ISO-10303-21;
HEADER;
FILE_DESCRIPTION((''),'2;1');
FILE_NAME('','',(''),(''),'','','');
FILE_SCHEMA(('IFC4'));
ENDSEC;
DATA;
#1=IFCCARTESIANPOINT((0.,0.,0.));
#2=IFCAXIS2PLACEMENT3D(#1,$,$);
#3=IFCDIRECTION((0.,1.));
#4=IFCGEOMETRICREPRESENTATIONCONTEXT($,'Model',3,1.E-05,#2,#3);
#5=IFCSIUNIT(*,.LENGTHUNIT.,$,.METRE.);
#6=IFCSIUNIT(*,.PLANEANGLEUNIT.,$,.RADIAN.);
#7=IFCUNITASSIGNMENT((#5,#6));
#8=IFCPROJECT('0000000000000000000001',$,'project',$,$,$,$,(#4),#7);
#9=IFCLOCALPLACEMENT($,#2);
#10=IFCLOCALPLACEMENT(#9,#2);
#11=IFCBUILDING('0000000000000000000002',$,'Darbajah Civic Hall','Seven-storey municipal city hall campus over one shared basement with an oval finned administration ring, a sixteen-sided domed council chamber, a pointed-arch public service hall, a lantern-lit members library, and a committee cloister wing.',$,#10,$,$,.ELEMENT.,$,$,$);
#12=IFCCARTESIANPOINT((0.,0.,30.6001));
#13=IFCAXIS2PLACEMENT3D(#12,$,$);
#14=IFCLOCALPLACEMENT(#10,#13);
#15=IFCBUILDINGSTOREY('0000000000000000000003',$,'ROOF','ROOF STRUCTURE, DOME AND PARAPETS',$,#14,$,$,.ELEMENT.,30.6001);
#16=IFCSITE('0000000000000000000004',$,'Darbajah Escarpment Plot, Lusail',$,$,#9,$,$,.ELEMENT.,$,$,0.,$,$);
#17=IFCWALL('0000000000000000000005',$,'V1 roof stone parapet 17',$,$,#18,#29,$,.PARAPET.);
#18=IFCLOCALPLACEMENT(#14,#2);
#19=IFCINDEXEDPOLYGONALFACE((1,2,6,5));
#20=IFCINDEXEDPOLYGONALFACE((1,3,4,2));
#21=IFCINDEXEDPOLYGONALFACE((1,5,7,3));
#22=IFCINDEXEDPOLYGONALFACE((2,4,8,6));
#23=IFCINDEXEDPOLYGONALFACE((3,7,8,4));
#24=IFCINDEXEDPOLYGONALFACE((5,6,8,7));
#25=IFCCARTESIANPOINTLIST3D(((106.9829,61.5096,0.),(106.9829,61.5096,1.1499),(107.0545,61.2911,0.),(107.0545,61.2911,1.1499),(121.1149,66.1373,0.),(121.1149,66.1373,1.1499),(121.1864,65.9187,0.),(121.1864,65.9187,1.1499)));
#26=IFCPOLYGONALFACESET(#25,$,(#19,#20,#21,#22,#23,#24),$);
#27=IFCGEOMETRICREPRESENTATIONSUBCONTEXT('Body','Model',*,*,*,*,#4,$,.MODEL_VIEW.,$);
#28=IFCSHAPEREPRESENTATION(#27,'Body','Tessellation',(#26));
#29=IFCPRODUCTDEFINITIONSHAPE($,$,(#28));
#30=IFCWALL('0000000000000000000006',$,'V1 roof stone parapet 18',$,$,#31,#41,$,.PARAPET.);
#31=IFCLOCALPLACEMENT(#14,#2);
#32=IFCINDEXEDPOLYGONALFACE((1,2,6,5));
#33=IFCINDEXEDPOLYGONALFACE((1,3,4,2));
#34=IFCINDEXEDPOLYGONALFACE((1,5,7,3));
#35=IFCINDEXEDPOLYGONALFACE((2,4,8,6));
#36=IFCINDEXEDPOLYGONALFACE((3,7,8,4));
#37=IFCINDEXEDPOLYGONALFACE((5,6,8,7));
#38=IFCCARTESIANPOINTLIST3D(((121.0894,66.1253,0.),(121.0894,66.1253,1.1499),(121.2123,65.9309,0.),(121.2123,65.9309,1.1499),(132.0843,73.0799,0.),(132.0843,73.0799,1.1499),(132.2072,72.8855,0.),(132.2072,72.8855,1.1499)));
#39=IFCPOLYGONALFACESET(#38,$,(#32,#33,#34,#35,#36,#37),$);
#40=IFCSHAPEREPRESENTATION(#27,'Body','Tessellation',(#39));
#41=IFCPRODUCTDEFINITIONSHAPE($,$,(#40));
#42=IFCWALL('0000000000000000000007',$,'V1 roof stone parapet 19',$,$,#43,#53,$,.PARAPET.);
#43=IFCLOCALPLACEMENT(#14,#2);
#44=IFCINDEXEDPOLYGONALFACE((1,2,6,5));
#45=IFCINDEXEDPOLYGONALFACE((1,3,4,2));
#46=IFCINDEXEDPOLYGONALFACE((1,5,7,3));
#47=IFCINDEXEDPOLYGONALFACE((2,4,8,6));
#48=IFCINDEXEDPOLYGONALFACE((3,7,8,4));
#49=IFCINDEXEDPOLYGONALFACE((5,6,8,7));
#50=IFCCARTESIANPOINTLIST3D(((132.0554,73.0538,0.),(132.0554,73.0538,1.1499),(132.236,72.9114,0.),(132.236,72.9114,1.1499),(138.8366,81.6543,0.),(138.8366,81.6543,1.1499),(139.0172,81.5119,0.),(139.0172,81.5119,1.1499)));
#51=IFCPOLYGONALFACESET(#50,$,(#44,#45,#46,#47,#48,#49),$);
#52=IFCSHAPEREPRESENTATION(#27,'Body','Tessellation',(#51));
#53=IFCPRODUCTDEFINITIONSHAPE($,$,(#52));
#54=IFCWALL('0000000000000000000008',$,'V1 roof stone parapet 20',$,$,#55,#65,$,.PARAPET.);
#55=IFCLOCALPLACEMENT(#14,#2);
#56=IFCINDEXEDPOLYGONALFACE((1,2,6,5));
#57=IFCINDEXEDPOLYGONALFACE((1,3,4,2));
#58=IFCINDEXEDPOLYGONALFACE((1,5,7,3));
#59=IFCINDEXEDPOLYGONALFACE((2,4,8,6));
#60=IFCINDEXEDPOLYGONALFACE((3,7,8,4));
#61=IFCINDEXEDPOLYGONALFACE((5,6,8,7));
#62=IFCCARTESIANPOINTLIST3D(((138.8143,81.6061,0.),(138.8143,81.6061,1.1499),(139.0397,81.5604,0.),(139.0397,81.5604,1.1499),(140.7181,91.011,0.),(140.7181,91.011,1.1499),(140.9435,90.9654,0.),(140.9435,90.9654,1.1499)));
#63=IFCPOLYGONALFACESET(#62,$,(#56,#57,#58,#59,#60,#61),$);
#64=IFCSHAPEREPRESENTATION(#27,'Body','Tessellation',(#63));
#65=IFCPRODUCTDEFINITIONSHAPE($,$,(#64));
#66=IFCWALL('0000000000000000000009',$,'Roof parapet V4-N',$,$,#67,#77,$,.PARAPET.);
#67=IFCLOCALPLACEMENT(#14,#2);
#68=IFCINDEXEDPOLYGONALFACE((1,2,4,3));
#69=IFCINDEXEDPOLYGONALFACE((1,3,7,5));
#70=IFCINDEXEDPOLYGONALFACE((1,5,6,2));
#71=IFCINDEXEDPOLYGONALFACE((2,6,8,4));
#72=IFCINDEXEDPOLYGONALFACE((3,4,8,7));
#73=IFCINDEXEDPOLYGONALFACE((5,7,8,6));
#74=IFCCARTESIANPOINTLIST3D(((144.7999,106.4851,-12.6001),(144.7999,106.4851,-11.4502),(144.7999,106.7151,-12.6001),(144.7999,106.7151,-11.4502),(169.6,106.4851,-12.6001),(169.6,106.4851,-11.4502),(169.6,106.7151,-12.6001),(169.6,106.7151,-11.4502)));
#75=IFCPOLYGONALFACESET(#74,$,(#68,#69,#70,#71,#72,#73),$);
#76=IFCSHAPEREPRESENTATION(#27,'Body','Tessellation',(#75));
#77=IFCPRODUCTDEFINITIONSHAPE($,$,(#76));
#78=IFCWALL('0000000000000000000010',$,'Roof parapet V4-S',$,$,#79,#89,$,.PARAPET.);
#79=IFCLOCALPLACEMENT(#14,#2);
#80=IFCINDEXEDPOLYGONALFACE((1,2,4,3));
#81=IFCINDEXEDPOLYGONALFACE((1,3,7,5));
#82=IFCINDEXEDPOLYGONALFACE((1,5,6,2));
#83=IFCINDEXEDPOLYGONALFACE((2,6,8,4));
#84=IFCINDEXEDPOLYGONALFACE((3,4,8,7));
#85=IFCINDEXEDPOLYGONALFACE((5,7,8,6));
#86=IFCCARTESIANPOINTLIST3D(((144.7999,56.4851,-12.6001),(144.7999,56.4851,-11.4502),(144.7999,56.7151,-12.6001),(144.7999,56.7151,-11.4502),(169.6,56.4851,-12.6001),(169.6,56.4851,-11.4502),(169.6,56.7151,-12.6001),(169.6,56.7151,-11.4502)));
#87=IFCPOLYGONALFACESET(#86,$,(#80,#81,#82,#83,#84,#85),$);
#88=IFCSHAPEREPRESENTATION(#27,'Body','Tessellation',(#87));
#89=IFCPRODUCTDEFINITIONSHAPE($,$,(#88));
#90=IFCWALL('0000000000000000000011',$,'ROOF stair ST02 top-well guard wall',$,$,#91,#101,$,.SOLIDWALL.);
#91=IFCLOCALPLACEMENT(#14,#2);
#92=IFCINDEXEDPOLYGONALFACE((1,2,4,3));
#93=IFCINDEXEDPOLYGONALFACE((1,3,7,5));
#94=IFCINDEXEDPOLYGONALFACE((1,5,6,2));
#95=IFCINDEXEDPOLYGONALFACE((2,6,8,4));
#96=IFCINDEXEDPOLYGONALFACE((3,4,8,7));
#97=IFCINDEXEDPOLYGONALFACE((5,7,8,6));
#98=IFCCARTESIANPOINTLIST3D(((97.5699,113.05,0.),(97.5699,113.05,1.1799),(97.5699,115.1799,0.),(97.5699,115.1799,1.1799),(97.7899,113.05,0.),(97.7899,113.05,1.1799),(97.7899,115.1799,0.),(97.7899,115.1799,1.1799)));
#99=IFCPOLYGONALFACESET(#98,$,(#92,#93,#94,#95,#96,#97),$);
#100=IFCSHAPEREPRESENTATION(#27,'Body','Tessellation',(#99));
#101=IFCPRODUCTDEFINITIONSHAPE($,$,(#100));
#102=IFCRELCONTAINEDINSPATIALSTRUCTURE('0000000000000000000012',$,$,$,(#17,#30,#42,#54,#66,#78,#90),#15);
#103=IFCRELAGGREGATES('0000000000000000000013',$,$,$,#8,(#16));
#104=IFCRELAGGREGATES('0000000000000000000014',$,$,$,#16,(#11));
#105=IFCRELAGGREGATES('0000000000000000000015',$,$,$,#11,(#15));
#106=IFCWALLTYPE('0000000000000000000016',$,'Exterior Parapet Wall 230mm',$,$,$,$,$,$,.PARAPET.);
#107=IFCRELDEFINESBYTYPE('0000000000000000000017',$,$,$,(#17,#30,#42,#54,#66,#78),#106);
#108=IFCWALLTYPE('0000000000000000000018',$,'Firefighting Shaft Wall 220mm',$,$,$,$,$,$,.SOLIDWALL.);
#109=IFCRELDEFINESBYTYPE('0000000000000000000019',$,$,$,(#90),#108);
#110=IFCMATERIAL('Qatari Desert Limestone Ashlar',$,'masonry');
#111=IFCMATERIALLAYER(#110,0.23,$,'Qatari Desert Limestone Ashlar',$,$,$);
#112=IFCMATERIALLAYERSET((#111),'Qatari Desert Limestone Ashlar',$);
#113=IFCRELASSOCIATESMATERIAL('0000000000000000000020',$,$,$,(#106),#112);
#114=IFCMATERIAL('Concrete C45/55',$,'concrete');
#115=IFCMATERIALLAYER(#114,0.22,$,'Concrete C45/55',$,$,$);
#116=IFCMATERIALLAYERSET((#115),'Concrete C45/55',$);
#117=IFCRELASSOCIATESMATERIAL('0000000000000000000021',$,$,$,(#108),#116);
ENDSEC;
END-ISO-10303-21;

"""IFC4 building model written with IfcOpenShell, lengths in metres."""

from ifc_helpers import new_model, si_unit, direction, frame, frame_2d, origin, place, context, subcontext, project, spatial, rectangle, extrude, material, layer, layer_set, type_object, element, save


model = new_model("IFC4")

# Units and contexts
model_context = context("Model", 3, precision=1e-05, world=origin(), true_north=direction((0.0, 1.0)))
body_context = subcontext(model_context, "Body", "Model", "MODEL_VIEW")
ifc_project = project(units=[si_unit("LENGTHUNIT", "METRE"), si_unit("PLANEANGLEUNIT", "RADIAN")], contexts=[model_context])

# Site, building, storey
site_placement = place(None, origin())
site = spatial("IfcSite", under=ifc_project, at=site_placement, Name="Darbajah Escarpment Plot, Lusail", CompositionType="ELEMENT", RefElevation=0.0)
building_placement = place(site_placement, origin())
building = spatial("IfcBuilding", under=site, at=building_placement, Name="Darbajah Civic Hall", Description="Seven-storey municipal city hall campus over one shared basement with an oval finned administration ring, a sixteen-sided domed council chamber, a pointed-arch public service hall, a lantern-lit members library, and a committee cloister wing.", CompositionType="ELEMENT")
storey_placement = place(building_placement, frame((0.0, 0.0, 30.6001)))
storey = spatial("IfcBuildingStorey", under=building, at=storey_placement, Name="ROOF", Description="ROOF STRUCTURE, DOME AND PARAPETS", CompositionType="ELEMENT", Elevation=30.6001)

# Walls
ifc_material_1 = material(Name="Qatari Desert Limestone Ashlar", Category="masonry")
ifc_layer_1 = layer(ifc_material_1, 0.23, Name="Qatari Desert Limestone Ashlar")
ifc_layer_set_1 = layer_set([ifc_layer_1], Name="Qatari Desert Limestone Ashlar")
wall_type_1 = type_object("IfcWallType", Name="Exterior Parapet Wall 230mm", PredefinedType="PARAPET", material=ifc_layer_set_1)
wall_1_placement = place(storey_placement, frame((107.0188, 61.4004, 0.0), z_axis=(0.0, 0.0, 1.0), x_axis=(0.950345, 0.311199, 0.0)))
element("IfcWall", 1, at=wall_1_placement, inside=storey, type_object=wall_type_1, Name="V1 roof stone parapet 17", PredefinedType="PARAPET", context=body_context, shape_type="SweptSolid", body=[
    extrude(rectangle(XDim=14.8704, YDim=0.23, at=frame_2d((7.4351, 0.0))), origin(), (0.0, 0.0, 1.0), 1.1499),
])
wall_2_placement = place(storey_placement, frame((121.1509, 66.0281, 0.0), z_axis=(0.0, 0.0, 1.0), x_axis=(0.845126, 0.534568, 0.0)))
element("IfcWall", 2, at=wall_2_placement, inside=storey, type_object=wall_type_1, Name="V1 roof stone parapet 18", PredefinedType="PARAPET", context=body_context, shape_type="SweptSolid", body=[
    extrude(rectangle(XDim=13.0098, YDim=0.23, at=frame_2d((6.5049, 0.0))), origin(), (0.0, 0.0, 1.0), 1.1499),
])
wall_3_placement = place(storey_placement, frame((132.1458, 72.9827, 0.0), z_axis=(0.0, 0.0, 1.0), x_axis=(0.619156, 0.785268, 0.0)))
element("IfcWall", 3, at=wall_3_placement, inside=storey, type_object=wall_type_1, Name="V1 roof stone parapet 19", PredefinedType="PARAPET", context=body_context, shape_type="SweptSolid", body=[
    extrude(rectangle(XDim=10.9524, YDim=0.23, at=frame_2d((5.4761, 0.0))), origin(), (0.0, 0.0, 1.0), 1.1499),
])
wall_4_placement = place(storey_placement, frame((138.927, 81.5833, 0.0), z_axis=(0.0, 0.0, 1.0), x_axis=(0.198401, 0.980121, 0.0)))
element("IfcWall", 4, at=wall_4_placement, inside=storey, type_object=wall_type_1, Name="V1 roof stone parapet 20", PredefinedType="PARAPET", context=body_context, shape_type="SweptSolid", body=[
    extrude(rectangle(XDim=9.5957, YDim=0.23, at=frame_2d((4.7979, 0.0))), origin(), (0.0, 0.0, 1.0), 1.1499),
])
for number, where, z_axis, x_axis, name in (
    (5, (144.8, 106.6001, -12.6001), (0.0, 0.0, 1.0), (1.0, 0.0, 0.0), "Roof parapet V4-N"),
    (6, (144.8, 56.6001, -12.6001), (0.0, 0.0, 1.0), (1.0, 0.0, 0.0), "Roof parapet V4-S"),
):
    element("IfcWall", number, at=place(storey_placement, frame(where, z_axis=z_axis, x_axis=x_axis)), inside=storey, type_object=wall_type_1, Name=name, PredefinedType="PARAPET", context=body_context, shape_type="SweptSolid", body=[
        extrude(rectangle(XDim=24.8, YDim=0.23, at=frame_2d((12.3999, 0.0))), origin(), (0.0, 0.0, 1.0), 1.1499),
    ])
ifc_material_2 = material(Name="Concrete C45/55", Category="concrete")
ifc_layer_2 = layer(ifc_material_2, 0.22, Name="Concrete C45/55")
ifc_layer_set_2 = layer_set([ifc_layer_2], Name="Concrete C45/55")
wall_type_2 = type_object("IfcWallType", Name="Firefighting Shaft Wall 220mm", PredefinedType="SOLIDWALL", material=ifc_layer_set_2)
wall_5_placement = place(storey_placement, frame((97.6799, 113.05, 0.0), z_axis=(0.0, 0.0, 1.0), x_axis=(0.0, 1.0, 0.0)))
element("IfcWall", 7, at=wall_5_placement, inside=storey, type_object=wall_type_2, Name="ROOF stair ST02 top-well guard wall", PredefinedType="SOLIDWALL", context=body_context, shape_type="SweptSolid", body=[
    extrude(rectangle(XDim=2.1299, YDim=0.22, at=frame_2d((1.0649, 0.0))), origin(), (0.0, 0.0, 1.0), 1.1799),
])

save(model, "model.ifc")
